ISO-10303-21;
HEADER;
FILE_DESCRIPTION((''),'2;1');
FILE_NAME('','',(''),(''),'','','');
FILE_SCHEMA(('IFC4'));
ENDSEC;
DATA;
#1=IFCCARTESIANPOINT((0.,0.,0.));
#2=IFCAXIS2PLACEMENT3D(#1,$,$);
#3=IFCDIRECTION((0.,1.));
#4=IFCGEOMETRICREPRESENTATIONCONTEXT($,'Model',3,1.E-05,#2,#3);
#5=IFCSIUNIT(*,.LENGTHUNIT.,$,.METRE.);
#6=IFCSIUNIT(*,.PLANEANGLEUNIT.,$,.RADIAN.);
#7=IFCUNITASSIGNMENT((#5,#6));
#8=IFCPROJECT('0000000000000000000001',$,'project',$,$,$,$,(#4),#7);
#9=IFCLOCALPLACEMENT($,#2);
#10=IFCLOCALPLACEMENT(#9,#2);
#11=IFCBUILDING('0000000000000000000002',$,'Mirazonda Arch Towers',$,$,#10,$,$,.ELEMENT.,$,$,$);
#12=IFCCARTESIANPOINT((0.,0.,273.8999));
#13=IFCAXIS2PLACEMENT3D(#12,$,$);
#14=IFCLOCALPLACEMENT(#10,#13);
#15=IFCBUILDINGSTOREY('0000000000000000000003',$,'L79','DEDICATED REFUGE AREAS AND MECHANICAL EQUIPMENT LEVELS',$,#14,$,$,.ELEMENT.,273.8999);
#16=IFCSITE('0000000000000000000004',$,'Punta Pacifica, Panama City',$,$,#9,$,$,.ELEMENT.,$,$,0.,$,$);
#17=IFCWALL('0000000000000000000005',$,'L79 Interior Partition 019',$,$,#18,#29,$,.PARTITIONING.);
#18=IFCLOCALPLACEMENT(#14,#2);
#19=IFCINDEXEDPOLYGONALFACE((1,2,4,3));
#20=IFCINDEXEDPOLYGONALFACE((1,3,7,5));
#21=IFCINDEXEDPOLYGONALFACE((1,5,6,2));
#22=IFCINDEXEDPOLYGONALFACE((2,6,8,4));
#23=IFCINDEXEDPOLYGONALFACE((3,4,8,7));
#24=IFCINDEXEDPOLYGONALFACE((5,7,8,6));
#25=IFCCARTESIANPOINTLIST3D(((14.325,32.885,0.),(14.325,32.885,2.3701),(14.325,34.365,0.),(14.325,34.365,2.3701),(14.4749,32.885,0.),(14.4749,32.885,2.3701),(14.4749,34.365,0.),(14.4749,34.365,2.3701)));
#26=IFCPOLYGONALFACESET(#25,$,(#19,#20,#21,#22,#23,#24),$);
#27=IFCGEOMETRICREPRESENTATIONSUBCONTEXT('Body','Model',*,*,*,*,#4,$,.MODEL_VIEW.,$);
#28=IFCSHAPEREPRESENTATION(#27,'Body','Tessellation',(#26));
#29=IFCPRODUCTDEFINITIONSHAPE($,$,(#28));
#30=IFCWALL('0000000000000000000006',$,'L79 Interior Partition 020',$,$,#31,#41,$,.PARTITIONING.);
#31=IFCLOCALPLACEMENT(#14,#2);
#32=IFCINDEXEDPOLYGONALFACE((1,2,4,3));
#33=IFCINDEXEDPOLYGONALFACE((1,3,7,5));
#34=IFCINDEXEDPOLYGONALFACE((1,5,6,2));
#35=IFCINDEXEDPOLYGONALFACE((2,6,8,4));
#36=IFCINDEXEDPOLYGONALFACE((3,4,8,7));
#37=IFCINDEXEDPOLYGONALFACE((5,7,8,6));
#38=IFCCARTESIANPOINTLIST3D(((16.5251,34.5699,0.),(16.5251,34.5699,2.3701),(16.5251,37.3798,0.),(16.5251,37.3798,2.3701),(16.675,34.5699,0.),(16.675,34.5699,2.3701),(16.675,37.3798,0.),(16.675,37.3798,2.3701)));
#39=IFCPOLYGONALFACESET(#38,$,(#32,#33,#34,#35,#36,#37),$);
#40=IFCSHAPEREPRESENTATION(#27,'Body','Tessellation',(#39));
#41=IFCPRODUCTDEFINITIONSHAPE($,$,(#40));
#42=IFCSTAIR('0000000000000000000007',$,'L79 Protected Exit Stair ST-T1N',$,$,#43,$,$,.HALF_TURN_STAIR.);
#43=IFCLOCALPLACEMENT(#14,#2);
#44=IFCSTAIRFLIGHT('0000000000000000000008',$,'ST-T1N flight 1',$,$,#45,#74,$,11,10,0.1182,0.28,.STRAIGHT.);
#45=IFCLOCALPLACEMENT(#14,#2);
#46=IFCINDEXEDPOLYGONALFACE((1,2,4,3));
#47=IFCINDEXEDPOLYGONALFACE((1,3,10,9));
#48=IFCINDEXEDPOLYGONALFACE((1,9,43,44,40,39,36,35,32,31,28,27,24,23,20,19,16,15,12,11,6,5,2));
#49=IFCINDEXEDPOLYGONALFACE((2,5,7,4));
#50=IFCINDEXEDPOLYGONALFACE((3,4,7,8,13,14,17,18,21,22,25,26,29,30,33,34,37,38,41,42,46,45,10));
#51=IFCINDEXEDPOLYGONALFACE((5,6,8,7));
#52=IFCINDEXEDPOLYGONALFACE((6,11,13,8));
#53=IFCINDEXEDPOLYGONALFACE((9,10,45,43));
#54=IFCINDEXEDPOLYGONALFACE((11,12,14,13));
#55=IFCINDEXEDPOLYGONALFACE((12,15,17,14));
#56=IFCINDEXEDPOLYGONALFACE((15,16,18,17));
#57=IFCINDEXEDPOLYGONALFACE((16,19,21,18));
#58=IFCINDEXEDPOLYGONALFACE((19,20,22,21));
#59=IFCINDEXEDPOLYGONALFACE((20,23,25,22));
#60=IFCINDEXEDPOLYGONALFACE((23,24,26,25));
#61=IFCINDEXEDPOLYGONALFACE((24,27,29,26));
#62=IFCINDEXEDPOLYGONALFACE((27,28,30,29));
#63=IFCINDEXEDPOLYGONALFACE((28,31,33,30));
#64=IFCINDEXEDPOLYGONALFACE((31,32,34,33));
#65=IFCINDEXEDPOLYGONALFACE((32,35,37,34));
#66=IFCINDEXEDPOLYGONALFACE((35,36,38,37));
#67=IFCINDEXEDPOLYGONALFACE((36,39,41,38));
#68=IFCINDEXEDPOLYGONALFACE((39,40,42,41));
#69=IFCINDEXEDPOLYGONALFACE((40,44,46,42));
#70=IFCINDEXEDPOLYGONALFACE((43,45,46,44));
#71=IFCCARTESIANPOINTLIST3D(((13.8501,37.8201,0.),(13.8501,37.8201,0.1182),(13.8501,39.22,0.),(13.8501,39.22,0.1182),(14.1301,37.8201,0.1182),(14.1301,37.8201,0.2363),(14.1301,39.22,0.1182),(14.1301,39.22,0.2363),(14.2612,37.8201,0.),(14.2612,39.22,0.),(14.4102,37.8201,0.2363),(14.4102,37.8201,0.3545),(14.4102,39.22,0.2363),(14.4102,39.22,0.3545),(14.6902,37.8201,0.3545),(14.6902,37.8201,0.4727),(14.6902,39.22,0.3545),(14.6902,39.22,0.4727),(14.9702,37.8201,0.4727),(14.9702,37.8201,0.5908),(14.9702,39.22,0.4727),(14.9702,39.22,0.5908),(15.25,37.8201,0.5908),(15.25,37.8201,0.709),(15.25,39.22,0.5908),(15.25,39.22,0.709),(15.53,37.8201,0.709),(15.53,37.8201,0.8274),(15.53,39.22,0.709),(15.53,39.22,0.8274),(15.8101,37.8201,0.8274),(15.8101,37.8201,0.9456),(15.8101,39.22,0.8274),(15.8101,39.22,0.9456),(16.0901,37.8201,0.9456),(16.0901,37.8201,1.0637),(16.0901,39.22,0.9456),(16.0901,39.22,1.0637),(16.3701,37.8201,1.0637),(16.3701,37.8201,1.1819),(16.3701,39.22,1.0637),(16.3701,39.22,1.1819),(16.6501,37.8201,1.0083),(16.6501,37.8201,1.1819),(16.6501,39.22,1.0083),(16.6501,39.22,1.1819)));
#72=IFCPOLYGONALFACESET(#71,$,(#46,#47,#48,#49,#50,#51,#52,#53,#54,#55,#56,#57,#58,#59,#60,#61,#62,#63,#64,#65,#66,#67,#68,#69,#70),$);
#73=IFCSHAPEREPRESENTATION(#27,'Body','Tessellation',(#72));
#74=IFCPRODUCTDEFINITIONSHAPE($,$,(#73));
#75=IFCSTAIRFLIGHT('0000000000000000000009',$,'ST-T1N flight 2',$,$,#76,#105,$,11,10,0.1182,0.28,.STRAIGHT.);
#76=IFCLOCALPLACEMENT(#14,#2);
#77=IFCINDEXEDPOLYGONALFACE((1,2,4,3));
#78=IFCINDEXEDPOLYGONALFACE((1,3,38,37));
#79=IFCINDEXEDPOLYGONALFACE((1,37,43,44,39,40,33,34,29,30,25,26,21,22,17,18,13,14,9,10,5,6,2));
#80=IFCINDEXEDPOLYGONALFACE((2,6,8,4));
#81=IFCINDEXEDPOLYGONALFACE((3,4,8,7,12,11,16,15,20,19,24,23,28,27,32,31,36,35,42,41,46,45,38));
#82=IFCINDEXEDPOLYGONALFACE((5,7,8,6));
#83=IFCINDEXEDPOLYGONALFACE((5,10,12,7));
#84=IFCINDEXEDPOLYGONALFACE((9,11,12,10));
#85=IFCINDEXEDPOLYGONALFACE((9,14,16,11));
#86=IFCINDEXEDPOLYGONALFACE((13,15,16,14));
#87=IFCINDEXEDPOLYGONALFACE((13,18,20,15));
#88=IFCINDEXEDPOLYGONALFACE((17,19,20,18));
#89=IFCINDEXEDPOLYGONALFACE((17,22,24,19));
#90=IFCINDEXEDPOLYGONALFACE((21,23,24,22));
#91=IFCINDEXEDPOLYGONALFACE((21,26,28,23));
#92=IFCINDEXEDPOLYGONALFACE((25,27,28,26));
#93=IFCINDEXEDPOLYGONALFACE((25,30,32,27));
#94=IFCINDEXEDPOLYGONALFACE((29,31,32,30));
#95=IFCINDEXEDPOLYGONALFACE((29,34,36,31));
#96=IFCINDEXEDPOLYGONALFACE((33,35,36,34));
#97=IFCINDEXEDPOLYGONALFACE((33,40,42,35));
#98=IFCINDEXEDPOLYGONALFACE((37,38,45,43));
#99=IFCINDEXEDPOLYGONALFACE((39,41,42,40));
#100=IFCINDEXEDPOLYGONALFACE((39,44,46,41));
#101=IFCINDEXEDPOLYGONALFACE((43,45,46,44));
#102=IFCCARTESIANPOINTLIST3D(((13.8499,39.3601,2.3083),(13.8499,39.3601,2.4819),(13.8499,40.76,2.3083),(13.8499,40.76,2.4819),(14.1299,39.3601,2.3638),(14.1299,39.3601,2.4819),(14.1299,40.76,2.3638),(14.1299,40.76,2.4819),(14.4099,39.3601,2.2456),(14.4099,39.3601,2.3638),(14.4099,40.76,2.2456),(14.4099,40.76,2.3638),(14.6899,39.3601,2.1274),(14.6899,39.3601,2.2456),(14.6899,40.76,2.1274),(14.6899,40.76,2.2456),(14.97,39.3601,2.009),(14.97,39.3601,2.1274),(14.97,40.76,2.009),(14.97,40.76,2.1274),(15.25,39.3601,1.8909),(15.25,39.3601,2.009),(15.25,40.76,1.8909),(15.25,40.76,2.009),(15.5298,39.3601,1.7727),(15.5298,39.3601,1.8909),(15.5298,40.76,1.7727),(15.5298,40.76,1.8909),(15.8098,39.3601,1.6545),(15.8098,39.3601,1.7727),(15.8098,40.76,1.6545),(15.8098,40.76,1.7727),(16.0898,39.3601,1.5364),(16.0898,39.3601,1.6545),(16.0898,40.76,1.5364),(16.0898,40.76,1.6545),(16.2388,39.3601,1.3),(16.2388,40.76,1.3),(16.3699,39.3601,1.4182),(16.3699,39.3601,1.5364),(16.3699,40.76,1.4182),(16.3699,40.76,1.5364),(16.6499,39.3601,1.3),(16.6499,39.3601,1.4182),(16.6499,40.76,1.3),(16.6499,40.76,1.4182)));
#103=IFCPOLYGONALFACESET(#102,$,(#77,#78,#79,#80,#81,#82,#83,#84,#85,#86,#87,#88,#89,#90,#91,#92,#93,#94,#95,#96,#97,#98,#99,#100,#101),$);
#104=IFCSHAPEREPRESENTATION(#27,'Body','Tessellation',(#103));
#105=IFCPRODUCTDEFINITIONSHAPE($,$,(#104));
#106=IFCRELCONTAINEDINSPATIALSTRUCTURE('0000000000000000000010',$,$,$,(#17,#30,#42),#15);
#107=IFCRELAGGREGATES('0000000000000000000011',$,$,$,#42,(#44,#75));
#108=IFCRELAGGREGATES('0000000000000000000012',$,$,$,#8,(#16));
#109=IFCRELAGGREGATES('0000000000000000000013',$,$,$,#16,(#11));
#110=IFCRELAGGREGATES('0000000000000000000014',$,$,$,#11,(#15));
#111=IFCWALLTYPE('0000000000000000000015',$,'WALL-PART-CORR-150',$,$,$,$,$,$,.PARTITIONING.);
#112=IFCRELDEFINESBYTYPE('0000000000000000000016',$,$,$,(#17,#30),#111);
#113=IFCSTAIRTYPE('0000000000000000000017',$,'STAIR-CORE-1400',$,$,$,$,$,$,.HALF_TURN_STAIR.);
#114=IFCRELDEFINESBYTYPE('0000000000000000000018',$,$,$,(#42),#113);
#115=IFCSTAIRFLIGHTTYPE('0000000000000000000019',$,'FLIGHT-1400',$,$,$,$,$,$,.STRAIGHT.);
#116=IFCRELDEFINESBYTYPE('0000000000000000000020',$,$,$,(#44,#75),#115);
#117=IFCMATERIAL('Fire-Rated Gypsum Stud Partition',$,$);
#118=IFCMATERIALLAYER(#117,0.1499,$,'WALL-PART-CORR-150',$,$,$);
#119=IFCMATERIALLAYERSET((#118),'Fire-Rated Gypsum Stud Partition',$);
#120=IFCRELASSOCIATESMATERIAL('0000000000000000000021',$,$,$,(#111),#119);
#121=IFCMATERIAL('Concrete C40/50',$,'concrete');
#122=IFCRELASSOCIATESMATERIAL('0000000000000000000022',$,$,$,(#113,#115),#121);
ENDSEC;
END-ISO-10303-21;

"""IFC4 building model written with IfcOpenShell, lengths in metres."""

from ifc_helpers import new_model, si_unit, direction, frame, frame_2d, origin, place, context, subcontext, project, spatial, polyline, rectangle, outline, extrude, material, layer, layer_set, type_object, element, aggregate, save


model = new_model("IFC4")

# Units and contexts
model_context = context("Model", 3, precision=1e-05, world=origin(), true_north=direction((0.0, 1.0)))
body_context = subcontext(model_context, "Body", "Model", "MODEL_VIEW")
ifc_project = project(units=[si_unit("LENGTHUNIT", "METRE"), si_unit("PLANEANGLEUNIT", "RADIAN")], contexts=[model_context])

# Site, building, storey
site_placement = place(None, origin())
site = spatial("IfcSite", under=ifc_project, at=site_placement, Name="Punta Pacifica, Panama City", CompositionType="ELEMENT", RefElevation=0.0)
building_placement = place(site_placement, origin())
building = spatial("IfcBuilding", under=site, at=building_placement, Name="Mirazonda Arch Towers", CompositionType="ELEMENT")
storey_placement = place(building_placement, frame((0.0, 0.0, 273.8999)))
storey = spatial("IfcBuildingStorey", under=building, at=storey_placement, Name="L79", Description="DEDICATED REFUGE AREAS AND MECHANICAL EQUIPMENT LEVELS", CompositionType="ELEMENT", Elevation=273.8999)

# Shared definitions
ifc_material_1 = material(Name="Concrete C40/50", Category="concrete")

# Walls
ifc_material_2 = material(Name="Fire-Rated Gypsum Stud Partition")
ifc_layer_1 = layer(ifc_material_2, 0.1499, Name="WALL-PART-CORR-150")
ifc_layer_set_1 = layer_set([ifc_layer_1], Name="Fire-Rated Gypsum Stud Partition")
wall_type_1 = type_object("IfcWallType", Name="WALL-PART-CORR-150", PredefinedType="PARTITIONING", material=ifc_layer_set_1)
wall_1_placement = place(storey_placement, frame((14.3999, 32.885, 0.0), z_axis=(0.0, 0.0, 1.0), x_axis=(0.0, 1.0, 0.0)))
element("IfcWall", 1, at=wall_1_placement, inside=storey, type_object=wall_type_1, Name="L79 Interior Partition 019", PredefinedType="PARTITIONING", context=body_context, shape_type="SweptSolid", body=[
    extrude(rectangle(XDim=1.48, YDim=0.1499, at=frame_2d((0.74, 0.0))), origin(), (0.0, 0.0, 1.0), 2.3701),
])
wall_2_placement = place(storey_placement, frame((16.6001, 34.5701, 0.0), z_axis=(0.0, 0.0, 1.0), x_axis=(0.0, 1.0, 0.0)))
element("IfcWall", 2, at=wall_2_placement, inside=storey, type_object=wall_type_1, Name="L79 Interior Partition 020", PredefinedType="PARTITIONING", context=body_context, shape_type="SweptSolid", body=[
    extrude(rectangle(XDim=2.8098, YDim=0.1499, at=frame_2d((1.4048, 0.0))), origin(), (0.0, 0.0, 1.0), 2.3701),
])

# Stair, stair flights
stair_type = type_object("IfcStairType", Name="STAIR-CORE-1400", PredefinedType="HALF_TURN_STAIR", material=ifc_material_1)
stair_placement = place(storey_placement, origin())
stair = element("IfcStair", 3, at=stair_placement, inside=storey, type_object=stair_type, Name="L79 Protected Exit Stair ST-T1N", PredefinedType="HALF_TURN_STAIR")
stair_flight_type = type_object("IfcStairFlightType", Name="FLIGHT-1400", PredefinedType="STRAIGHT", material=ifc_material_1)
stair_flight_1_placement = place(storey_placement, frame((13.8501, 38.52, 0.0), z_axis=(0.0, 0.0, 1.0), x_axis=(1.0, 0.0, 0.0)))
stair_flight_1 = element("IfcStairFlight", 4, at=stair_flight_1_placement, type_object=stair_flight_type, Name="ST-T1N flight 1", NumberOfRisers=11, NumberOfTreads=10, PredefinedType="STRAIGHT", RiserHeight=0.1182, TreadLength=0.28, context=body_context, shape_type="SweptSolid", body=[
    extrude(outline(polyline([(0.0, 0.0), (0.0, 0.1182), (0.28, 0.1182), (0.28, 0.2363), (0.5601, 0.2363), (0.5601, 0.3545), (0.8401, 0.3545), (0.8401, 0.4727), (1.1201, 0.4727), (1.1201, 0.5908), (1.3999, 0.5908), (1.3999, 0.709), (1.6799, 0.709), (1.6799, 0.8274), (1.96, 0.8274), (1.96, 0.9456), (2.24, 0.9456), (2.24, 1.0637), (2.52, 1.0637), (2.52, 1.1819), (2.8, 1.1819), (2.8, 1.3), (2.8, 1.0083), (0.4111, 0.0), (0.0, 0.0)])), frame((0.0, 0.7, 0.0), z_axis=(0.0, -1.0, 0.0), x_axis=(1.0, 0.0, 0.0)), (0.0, 0.0, 1.0), 1.3999),
])
stair_flight_2_placement = place(storey_placement, frame((16.6499, 40.0601, 1.3), z_axis=(0.0, 0.0, 1.0), x_axis=(-1.0, 0.0, 0.0)))
stair_flight_2 = element("IfcStairFlight", 5, at=stair_flight_2_placement, type_object=stair_flight_type, Name="ST-T1N flight 2", NumberOfRisers=11, NumberOfTreads=10, PredefinedType="STRAIGHT", RiserHeight=0.1182, TreadLength=0.28, context=body_context, shape_type="SweptSolid", body=[
    extrude(outline(polyline([(0.0, 0.0), (0.0, 0.1182), (0.28, 0.1182), (0.28, 0.2363), (0.5601, 0.2363), (0.5601, 0.3545), (0.8401, 0.3545), (0.8401, 0.4727), (1.1201, 0.4727), (1.1201, 0.5908), (1.3999, 0.5908), (1.3999, 0.709), (1.6799, 0.709), (1.6799, 0.8274), (1.96, 0.8274), (1.96, 0.9456), (2.24, 0.9456), (2.24, 1.0637), (2.52, 1.0637), (2.52, 1.1819), (2.8, 1.1819), (2.8, 1.3), (2.8, 1.0083), (0.4111, 0.0), (0.0, 0.0)])), frame((0.0, 0.7, 0.0), z_axis=(0.0, -1.0, 0.0), x_axis=(1.0, 0.0, 0.0)), (0.0, 0.0, 1.0), 1.3999),
])
aggregate(stair, [stair_flight_1, stair_flight_2])

save(model, "model.ifc")
